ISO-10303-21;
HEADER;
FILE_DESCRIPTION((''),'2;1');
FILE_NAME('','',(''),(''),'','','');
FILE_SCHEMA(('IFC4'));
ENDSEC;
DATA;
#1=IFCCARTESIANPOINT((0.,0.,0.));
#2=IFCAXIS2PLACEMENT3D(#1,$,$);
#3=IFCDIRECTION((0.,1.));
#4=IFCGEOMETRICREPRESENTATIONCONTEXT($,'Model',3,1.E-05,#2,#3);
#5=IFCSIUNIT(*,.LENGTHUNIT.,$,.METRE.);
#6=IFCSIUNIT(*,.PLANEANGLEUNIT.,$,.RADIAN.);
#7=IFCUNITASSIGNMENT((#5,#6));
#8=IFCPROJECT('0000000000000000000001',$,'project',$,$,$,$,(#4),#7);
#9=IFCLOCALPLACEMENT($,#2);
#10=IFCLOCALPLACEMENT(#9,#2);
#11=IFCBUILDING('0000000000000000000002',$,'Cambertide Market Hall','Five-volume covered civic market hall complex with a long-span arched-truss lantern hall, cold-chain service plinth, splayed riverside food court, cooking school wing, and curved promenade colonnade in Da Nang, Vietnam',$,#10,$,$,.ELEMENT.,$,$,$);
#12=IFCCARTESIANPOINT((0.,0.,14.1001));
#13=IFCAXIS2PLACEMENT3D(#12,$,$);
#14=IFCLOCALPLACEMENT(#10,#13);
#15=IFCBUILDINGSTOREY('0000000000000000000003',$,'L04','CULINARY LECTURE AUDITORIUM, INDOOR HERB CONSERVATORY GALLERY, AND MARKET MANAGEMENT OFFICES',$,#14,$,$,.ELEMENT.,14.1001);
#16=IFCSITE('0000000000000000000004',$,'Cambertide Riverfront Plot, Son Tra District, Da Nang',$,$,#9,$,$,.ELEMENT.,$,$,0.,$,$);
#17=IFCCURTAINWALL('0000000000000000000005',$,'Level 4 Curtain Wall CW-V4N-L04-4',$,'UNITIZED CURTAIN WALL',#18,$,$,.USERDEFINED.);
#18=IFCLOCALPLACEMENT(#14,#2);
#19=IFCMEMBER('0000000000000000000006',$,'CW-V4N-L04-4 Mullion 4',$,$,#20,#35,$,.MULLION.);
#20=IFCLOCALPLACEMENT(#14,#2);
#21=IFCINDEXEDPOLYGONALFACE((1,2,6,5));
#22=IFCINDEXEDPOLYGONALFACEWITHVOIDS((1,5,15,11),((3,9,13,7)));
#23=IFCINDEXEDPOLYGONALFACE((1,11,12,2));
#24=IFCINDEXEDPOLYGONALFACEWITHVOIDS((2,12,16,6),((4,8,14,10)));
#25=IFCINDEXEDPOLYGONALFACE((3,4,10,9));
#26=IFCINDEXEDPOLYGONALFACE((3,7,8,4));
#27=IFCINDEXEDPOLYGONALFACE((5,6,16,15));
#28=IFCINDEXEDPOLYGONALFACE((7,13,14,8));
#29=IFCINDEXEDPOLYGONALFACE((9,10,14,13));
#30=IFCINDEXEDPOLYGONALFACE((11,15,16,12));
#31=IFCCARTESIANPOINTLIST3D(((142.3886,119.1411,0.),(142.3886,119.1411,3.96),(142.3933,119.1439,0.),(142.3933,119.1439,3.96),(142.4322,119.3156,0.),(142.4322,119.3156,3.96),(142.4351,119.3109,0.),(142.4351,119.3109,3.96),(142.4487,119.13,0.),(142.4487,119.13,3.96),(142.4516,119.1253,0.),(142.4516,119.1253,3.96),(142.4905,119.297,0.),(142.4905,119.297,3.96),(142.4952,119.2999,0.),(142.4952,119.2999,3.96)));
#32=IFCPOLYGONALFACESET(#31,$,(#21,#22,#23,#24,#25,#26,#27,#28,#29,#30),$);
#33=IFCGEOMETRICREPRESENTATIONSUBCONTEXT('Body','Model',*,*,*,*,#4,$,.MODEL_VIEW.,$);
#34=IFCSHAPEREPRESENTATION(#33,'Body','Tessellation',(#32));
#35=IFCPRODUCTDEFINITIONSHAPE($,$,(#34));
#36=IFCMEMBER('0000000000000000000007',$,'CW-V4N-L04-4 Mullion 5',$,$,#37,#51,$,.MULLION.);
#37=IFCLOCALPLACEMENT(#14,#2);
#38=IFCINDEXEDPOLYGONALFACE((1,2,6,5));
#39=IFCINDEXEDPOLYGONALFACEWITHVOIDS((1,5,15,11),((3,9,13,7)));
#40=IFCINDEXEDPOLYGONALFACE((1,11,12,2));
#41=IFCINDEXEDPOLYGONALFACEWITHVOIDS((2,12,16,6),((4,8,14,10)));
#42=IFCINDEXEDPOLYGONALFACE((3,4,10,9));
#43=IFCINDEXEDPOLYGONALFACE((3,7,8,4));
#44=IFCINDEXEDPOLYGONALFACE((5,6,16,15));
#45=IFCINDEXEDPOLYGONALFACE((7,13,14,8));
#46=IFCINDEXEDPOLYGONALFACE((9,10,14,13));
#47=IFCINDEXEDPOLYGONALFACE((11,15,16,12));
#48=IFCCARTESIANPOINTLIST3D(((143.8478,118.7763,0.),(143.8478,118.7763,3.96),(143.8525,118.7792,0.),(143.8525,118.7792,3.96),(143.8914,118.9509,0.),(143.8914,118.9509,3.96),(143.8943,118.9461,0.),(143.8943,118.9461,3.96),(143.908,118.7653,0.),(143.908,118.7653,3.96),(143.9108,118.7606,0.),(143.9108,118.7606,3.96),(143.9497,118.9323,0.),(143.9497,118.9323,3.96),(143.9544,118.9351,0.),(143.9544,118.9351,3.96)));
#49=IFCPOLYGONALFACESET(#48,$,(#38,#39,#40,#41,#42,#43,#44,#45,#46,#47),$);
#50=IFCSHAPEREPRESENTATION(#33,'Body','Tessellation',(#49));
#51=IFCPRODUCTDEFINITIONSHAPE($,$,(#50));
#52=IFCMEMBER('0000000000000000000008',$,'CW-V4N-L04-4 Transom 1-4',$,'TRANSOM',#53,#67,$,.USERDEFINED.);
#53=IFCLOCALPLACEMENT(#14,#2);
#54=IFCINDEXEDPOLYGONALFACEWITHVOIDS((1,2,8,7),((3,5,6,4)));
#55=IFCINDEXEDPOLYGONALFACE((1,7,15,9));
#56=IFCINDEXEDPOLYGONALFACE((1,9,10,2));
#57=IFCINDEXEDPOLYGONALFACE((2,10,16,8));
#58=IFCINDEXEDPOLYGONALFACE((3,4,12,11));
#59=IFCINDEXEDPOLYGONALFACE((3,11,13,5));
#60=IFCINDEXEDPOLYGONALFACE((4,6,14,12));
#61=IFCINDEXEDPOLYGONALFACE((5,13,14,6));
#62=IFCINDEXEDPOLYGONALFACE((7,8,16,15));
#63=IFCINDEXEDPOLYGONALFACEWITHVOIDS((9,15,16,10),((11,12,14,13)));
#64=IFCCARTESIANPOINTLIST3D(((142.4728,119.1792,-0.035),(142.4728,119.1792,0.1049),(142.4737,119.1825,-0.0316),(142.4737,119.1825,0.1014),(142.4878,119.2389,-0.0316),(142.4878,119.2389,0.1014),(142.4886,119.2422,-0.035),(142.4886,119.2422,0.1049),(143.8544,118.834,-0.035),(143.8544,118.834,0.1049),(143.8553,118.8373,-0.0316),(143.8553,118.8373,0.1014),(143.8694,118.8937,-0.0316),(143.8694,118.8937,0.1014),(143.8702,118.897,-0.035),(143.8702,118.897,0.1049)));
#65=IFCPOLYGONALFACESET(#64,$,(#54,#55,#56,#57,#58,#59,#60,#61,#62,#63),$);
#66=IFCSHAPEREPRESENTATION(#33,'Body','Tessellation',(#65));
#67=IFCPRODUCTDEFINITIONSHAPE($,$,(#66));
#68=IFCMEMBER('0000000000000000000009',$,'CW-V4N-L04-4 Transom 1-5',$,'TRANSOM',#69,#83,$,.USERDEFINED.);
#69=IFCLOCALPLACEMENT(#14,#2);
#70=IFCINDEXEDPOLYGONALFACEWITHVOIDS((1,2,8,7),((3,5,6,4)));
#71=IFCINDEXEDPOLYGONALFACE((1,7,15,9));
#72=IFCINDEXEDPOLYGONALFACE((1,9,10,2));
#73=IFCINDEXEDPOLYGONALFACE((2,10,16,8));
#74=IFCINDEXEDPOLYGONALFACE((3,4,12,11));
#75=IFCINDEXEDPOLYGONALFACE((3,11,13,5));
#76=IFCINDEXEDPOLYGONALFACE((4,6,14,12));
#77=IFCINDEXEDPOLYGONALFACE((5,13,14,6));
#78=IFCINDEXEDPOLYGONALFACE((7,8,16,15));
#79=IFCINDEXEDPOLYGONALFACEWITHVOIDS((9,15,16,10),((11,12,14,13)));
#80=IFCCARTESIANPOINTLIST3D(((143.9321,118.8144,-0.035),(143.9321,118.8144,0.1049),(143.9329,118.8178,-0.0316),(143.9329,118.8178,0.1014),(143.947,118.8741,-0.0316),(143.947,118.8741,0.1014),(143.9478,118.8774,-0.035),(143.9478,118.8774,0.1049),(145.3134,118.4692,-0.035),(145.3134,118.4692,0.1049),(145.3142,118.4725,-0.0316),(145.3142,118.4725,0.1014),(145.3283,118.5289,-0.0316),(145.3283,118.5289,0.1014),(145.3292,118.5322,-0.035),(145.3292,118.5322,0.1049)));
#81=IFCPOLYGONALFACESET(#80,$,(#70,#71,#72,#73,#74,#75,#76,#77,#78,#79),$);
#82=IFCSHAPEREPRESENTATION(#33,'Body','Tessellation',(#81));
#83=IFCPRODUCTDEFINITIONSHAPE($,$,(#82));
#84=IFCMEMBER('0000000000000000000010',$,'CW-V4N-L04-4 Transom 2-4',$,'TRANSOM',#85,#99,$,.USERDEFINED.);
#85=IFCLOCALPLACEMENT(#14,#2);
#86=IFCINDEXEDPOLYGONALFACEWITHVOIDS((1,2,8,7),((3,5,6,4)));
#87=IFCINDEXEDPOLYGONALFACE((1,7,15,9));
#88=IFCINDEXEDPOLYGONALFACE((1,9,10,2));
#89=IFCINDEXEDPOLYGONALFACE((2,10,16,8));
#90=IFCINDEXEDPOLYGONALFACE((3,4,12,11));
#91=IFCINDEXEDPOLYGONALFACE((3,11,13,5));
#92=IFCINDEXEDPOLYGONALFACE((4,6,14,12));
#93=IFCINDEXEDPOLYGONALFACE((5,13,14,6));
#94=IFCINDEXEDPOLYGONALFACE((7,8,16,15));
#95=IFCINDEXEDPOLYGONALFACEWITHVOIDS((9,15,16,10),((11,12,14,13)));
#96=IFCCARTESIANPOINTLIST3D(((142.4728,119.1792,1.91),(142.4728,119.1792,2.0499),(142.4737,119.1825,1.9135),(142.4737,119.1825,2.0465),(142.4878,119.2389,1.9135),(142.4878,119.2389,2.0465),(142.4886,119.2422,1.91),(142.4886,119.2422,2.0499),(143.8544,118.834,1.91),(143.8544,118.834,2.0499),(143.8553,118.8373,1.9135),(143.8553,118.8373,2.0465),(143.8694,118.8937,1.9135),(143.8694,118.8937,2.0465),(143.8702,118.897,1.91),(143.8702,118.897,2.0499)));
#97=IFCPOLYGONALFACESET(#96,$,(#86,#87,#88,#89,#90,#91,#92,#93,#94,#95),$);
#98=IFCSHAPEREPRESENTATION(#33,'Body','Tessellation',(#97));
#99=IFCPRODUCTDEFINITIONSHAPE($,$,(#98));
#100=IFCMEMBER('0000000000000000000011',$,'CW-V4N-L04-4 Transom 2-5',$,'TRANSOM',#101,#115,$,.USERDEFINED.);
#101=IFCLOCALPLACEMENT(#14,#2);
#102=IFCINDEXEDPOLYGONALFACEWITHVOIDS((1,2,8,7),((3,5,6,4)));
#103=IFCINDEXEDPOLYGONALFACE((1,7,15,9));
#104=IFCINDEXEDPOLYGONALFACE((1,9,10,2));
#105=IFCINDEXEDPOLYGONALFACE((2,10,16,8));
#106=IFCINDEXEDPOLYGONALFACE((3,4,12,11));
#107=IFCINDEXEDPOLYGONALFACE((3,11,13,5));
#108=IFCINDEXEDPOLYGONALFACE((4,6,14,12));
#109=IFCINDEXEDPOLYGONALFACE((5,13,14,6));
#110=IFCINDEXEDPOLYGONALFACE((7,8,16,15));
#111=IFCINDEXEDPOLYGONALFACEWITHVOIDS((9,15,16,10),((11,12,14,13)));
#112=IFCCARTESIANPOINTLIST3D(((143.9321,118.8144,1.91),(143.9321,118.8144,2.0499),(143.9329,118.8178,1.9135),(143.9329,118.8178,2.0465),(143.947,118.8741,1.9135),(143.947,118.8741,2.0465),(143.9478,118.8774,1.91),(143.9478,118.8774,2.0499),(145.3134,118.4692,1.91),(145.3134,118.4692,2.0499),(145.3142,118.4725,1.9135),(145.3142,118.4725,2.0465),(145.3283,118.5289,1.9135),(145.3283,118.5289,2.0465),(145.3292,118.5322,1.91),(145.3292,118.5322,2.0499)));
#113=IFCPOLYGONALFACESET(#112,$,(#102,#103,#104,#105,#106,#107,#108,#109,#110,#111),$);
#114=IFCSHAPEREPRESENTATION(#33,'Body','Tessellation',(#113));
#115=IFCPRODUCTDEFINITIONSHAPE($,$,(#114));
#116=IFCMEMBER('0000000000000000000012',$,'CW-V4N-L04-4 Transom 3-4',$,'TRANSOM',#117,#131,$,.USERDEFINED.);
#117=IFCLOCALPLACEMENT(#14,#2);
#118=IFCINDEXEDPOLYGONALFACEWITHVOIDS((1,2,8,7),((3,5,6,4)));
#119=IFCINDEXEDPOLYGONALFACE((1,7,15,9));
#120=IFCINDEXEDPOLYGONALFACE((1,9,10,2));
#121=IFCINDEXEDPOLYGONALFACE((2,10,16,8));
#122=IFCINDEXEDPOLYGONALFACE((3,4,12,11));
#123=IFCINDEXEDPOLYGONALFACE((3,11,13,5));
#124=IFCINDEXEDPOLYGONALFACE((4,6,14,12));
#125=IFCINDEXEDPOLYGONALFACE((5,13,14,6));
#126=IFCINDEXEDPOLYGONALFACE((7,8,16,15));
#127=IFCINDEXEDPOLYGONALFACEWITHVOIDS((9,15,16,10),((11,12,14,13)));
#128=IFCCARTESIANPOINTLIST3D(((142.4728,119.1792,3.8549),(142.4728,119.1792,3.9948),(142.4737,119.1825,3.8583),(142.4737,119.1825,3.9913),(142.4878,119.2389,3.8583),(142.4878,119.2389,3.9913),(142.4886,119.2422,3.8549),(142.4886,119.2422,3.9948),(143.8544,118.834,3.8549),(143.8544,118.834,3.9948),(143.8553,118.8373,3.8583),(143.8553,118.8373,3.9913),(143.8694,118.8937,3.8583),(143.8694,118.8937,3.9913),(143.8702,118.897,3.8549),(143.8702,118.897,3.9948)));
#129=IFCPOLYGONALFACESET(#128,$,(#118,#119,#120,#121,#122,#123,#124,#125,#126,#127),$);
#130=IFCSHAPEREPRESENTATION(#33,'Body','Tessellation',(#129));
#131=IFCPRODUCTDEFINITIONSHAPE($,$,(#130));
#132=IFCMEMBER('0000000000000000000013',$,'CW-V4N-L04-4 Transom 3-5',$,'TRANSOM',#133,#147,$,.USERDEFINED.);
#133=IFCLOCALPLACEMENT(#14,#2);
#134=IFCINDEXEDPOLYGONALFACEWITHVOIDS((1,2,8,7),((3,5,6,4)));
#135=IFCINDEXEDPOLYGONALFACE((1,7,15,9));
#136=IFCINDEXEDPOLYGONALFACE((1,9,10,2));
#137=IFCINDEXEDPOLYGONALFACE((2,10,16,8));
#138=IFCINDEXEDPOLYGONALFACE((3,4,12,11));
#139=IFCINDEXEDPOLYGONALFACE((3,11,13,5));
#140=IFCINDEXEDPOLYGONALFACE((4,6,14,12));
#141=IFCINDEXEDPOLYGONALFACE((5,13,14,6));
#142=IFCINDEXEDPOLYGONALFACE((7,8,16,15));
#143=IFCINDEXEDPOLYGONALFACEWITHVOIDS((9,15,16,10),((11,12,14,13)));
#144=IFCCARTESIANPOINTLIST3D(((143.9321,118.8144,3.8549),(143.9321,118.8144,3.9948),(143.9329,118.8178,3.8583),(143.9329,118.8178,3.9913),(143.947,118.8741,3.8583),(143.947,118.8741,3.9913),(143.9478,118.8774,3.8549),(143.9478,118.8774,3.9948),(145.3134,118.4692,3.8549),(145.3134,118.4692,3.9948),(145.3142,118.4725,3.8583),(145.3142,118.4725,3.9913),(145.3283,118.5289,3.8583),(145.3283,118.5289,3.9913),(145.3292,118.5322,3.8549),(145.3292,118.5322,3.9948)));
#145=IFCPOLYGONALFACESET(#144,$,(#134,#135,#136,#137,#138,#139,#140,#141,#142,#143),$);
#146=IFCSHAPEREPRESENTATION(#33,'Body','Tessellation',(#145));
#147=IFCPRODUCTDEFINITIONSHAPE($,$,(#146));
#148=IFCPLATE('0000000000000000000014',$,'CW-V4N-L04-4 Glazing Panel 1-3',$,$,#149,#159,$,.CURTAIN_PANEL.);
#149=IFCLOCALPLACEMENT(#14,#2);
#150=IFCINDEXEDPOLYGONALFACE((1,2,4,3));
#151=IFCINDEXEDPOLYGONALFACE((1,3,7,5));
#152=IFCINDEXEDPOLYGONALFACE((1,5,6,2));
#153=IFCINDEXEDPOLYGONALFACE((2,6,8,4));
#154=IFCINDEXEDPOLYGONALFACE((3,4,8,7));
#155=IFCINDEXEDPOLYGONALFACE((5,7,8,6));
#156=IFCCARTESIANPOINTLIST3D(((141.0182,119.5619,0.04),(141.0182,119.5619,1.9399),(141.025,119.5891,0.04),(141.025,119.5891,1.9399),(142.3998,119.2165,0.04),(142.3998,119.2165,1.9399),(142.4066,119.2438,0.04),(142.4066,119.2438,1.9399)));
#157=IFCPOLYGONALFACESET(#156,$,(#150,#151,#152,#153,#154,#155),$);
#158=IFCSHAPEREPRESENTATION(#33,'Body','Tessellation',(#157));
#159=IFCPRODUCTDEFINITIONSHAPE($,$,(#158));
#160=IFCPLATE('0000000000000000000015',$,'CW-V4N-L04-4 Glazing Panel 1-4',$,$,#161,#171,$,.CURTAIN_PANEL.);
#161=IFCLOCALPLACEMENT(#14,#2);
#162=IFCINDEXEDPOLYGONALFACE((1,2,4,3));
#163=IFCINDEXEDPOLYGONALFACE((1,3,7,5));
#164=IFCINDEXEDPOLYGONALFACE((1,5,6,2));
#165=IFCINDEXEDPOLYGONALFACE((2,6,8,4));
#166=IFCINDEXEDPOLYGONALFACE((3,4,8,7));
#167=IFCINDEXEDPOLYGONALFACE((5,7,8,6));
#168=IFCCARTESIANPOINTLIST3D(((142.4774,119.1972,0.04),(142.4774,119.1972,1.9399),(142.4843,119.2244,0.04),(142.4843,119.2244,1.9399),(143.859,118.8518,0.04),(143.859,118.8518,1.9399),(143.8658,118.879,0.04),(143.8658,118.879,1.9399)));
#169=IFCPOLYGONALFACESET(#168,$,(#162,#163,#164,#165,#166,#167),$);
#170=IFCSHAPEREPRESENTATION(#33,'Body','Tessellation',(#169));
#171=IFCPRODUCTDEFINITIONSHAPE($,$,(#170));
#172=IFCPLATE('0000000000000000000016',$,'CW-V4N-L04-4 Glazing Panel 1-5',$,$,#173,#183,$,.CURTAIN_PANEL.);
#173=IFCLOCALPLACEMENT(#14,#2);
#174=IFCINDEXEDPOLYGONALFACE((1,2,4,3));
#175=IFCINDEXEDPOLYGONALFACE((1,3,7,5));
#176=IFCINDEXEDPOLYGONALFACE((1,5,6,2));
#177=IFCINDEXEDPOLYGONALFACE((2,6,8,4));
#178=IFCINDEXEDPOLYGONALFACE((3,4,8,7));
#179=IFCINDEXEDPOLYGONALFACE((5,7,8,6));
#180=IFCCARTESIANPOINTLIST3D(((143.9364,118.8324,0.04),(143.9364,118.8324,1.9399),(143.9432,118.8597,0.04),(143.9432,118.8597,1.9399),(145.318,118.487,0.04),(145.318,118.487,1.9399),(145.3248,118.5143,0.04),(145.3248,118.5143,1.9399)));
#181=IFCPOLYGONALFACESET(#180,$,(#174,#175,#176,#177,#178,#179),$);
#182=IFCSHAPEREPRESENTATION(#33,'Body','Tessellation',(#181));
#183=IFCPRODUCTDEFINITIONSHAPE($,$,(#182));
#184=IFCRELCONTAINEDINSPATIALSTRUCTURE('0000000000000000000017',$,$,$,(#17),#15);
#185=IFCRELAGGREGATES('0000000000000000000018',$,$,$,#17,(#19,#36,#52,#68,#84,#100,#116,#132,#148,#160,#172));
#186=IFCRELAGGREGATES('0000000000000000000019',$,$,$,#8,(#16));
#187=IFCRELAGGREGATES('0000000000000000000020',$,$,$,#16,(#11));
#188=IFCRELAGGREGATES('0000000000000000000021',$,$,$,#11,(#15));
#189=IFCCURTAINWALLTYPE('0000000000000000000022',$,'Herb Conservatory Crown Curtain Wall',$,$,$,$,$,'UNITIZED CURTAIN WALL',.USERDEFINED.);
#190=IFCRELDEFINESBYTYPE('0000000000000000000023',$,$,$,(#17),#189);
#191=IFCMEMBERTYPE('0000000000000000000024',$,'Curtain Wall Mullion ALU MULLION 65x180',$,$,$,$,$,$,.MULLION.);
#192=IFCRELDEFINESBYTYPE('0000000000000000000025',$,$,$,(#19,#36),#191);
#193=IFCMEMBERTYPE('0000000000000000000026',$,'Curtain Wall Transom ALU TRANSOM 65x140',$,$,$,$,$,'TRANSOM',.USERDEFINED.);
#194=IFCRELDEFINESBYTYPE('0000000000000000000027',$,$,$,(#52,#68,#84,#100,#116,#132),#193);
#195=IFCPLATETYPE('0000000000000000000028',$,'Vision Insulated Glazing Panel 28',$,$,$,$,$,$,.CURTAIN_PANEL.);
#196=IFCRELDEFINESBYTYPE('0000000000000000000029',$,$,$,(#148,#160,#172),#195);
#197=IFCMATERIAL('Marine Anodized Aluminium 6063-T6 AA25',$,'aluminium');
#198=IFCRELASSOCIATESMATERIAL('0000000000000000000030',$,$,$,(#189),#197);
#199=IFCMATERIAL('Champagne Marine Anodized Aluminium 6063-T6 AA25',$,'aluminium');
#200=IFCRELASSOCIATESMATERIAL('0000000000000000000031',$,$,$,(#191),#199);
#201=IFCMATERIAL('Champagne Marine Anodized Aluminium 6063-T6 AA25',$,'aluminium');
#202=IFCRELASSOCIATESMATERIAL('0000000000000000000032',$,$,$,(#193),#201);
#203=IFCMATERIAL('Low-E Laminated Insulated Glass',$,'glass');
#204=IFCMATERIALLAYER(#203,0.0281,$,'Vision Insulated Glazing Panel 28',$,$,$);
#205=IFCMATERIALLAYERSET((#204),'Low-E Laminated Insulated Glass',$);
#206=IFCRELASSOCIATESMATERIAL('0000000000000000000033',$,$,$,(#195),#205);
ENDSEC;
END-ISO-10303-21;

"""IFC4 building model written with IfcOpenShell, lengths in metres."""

from ifc_helpers import new_model, si_unit, direction, frame, origin, origin_2d, place, context, subcontext, project, spatial, rectangle, hollow_rectangle, extrude, material, layer, layer_set, material_profile, profile_set, type_object, element, aggregate, save


model = new_model("IFC4")

# Units and contexts
model_context = context("Model", 3, precision=1e-05, world=origin(), true_north=direction((0.0, 1.0)))
body_context = subcontext(model_context, "Body", "Model", "MODEL_VIEW")
ifc_project = project(units=[si_unit("LENGTHUNIT", "METRE"), si_unit("PLANEANGLEUNIT", "RADIAN")], contexts=[model_context])

# Site, building, storey
site_placement = place(None, origin())
site = spatial("IfcSite", under=ifc_project, at=site_placement, Name="Cambertide Riverfront Plot, Son Tra District, Da Nang", CompositionType="ELEMENT", RefElevation=0.0)
building_placement = place(site_placement, origin())
building = spatial("IfcBuilding", under=site, at=building_placement, Name="Cambertide Market Hall", Description="Five-volume covered civic market hall complex with a long-span arched-truss lantern hall, cold-chain service plinth, splayed riverside food court, cooking school wing, and curved promenade colonnade in Da Nang, Vietnam", CompositionType="ELEMENT")
storey_placement = place(building_placement, frame((0.0, 0.0, 14.1001)))
storey = spatial("IfcBuildingStorey", under=building, at=storey_placement, Name="L04", Description="CULINARY LECTURE AUDITORIUM, INDOOR HERB CONSERVATORY GALLERY, AND MARKET MANAGEMENT OFFICES", CompositionType="ELEMENT", Elevation=14.1001)

# Curtain wall, members, plates
ifc_material_1 = material(Name="Marine Anodized Aluminium 6063-T6 AA25", Category="aluminium")
curtain_wall_type = type_object("IfcCurtainWallType", Name="Herb Conservatory Crown Curtain Wall", ElementType="UNITIZED CURTAIN WALL", PredefinedType="USERDEFINED", material=ifc_material_1)
curtain_wall_placement = place(storey_placement, origin())
curtain_wall = element("IfcCurtainWall", 1, at=curtain_wall_placement, inside=storey, type_object=curtain_wall_type, Name="Level 4 Curtain Wall CW-V4N-L04-4", ObjectType="UNITIZED CURTAIN WALL", PredefinedType="USERDEFINED")
ifc_material_2 = material(Name="Champagne Marine Anodized Aluminium 6063-T6 AA25", Category="aluminium")
ifc_material_profile_1 = material_profile(ifc_material_2, hollow_rectangle(XDim=0.0649, YDim=0.1799, WallThickness=0.0039, at=origin_2d()), Name="ALU MULLION 65x180")
ifc_profile_set_1 = profile_set([ifc_material_profile_1], Name="Champagne Marine Anodized Aluminium 6063-T6 AA25")
member_type_1 = type_object("IfcMemberType", Name="Curtain Wall Mullion ALU MULLION 65x180", PredefinedType="MULLION", material=ifc_profile_set_1)
member_1_placement = place(storey_placement, frame((142.4419, 119.2205, 0.0), z_axis=(0.0, 0.0, 1.0), x_axis=(0.970143, -0.242536, 0.0)))
member_1 = element("IfcMember", 2, at=member_1_placement, type_object=member_type_1, Name="CW-V4N-L04-4 Mullion 4", PredefinedType="MULLION", context=body_context, shape_type="SweptSolid", body=[
    extrude(hollow_rectangle(XDim=0.0649, YDim=0.1799, WallThickness=0.0039, at=origin_2d()), origin(), (0.0, 0.0, 1.0), 3.96),
])
member_2_placement = place(storey_placement, frame((143.9011, 118.8557, 0.0), z_axis=(0.0, 0.0, 1.0), x_axis=(0.970143, -0.242536, 0.0)))
member_2 = element("IfcMember", 3, at=member_2_placement, type_object=member_type_1, Name="CW-V4N-L04-4 Mullion 5", PredefinedType="MULLION", context=body_context, shape_type="SweptSolid", body=[
    extrude(hollow_rectangle(XDim=0.0649, YDim=0.1799, WallThickness=0.0039, at=origin_2d()), origin(), (0.0, 0.0, 1.0), 3.96),
])
ifc_material_3 = material(Name="Champagne Marine Anodized Aluminium 6063-T6 AA25", Category="aluminium")
ifc_material_profile_2 = material_profile(ifc_material_3, hollow_rectangle(XDim=0.0649, YDim=0.1399, WallThickness=0.0034, at=origin_2d()), Name="ALU TRANSOM 65x140")
ifc_profile_set_2 = profile_set([ifc_material_profile_2], Name="Champagne Marine Anodized Aluminium 6063-T6 AA25")
member_type_2 = type_object("IfcMemberType", Name="Curtain Wall Transom ALU TRANSOM 65x140", ElementType="TRANSOM", PredefinedType="USERDEFINED", material=ifc_profile_set_2)
member_3_placement = place(storey_placement, frame((142.4807, 119.2107, 0.0349), z_axis=(0.970173, -0.242415, 0.0), x_axis=(0.242415, 0.970173, 0.0)))
member_3 = element("IfcMember", 4, at=member_3_placement, type_object=member_type_2, Name="CW-V4N-L04-4 Transom 1-4", ObjectType="TRANSOM", PredefinedType="USERDEFINED", context=body_context, shape_type="SweptSolid", body=[
    extrude(hollow_rectangle(XDim=0.0649, YDim=0.1399, WallThickness=0.0034, at=origin_2d()), origin(), (0.0, 0.0, 1.0), 1.4241),
])
member_4_placement = place(storey_placement, frame((143.9399, 118.8459, 0.0349), z_axis=(0.970163, -0.242455, 0.0), x_axis=(0.242455, 0.970163, 0.0)))
member_4 = element("IfcMember", 5, at=member_4_placement, type_object=member_type_2, Name="CW-V4N-L04-4 Transom 1-5", ObjectType="TRANSOM", PredefinedType="USERDEFINED", context=body_context, shape_type="SweptSolid", body=[
    extrude(hollow_rectangle(XDim=0.0649, YDim=0.1399, WallThickness=0.0034, at=origin_2d()), origin(), (0.0, 0.0, 1.0), 1.4238),
])
member_5_placement = place(storey_placement, frame((142.4807, 119.2107, 1.98), z_axis=(0.970173, -0.242415, 0.0), x_axis=(0.242415, 0.970173, 0.0)))
member_5 = element("IfcMember", 6, at=member_5_placement, type_object=member_type_2, Name="CW-V4N-L04-4 Transom 2-4", ObjectType="TRANSOM", PredefinedType="USERDEFINED", context=body_context, shape_type="SweptSolid", body=[
    extrude(hollow_rectangle(XDim=0.0649, YDim=0.1399, WallThickness=0.0034, at=origin_2d()), origin(), (0.0, 0.0, 1.0), 1.4241),
])
member_6_placement = place(storey_placement, frame((143.9399, 118.8459, 1.98), z_axis=(0.970163, -0.242455, 0.0), x_axis=(0.242455, 0.970163, 0.0)))
member_6 = element("IfcMember", 7, at=member_6_placement, type_object=member_type_2, Name="CW-V4N-L04-4 Transom 2-5", ObjectType="TRANSOM", PredefinedType="USERDEFINED", context=body_context, shape_type="SweptSolid", body=[
    extrude(hollow_rectangle(XDim=0.0649, YDim=0.1399, WallThickness=0.0034, at=origin_2d()), origin(), (0.0, 0.0, 1.0), 1.4238),
])
member_7_placement = place(storey_placement, frame((142.4807, 119.2107, 3.9248), z_axis=(0.970173, -0.242415, 0.0), x_axis=(0.242415, 0.970173, 0.0)))
member_7 = element("IfcMember", 8, at=member_7_placement, type_object=member_type_2, Name="CW-V4N-L04-4 Transom 3-4", ObjectType="TRANSOM", PredefinedType="USERDEFINED", context=body_context, shape_type="SweptSolid", body=[
    extrude(hollow_rectangle(XDim=0.0649, YDim=0.1399, WallThickness=0.0034, at=origin_2d()), origin(), (0.0, 0.0, 1.0), 1.4241),
])
member_8_placement = place(storey_placement, frame((143.9399, 118.8459, 3.9248), z_axis=(0.970163, -0.242455, 0.0), x_axis=(0.242455, 0.970163, 0.0)))
member_8 = element("IfcMember", 9, at=member_8_placement, type_object=member_type_2, Name="CW-V4N-L04-4 Transom 3-5", ObjectType="TRANSOM", PredefinedType="USERDEFINED", context=body_context, shape_type="SweptSolid", body=[
    extrude(hollow_rectangle(XDim=0.0649, YDim=0.1399, WallThickness=0.0034, at=origin_2d()), origin(), (0.0, 0.0, 1.0), 1.4238),
])
ifc_material_4 = material(Name="Low-E Laminated Insulated Glass", Category="glass")
ifc_layer_1 = layer(ifc_material_4, 0.0281, Name="Vision Insulated Glazing Panel 28")
ifc_layer_set_1 = layer_set([ifc_layer_1], Name="Low-E Laminated Insulated Glass")
plate_type = type_object("IfcPlateType", Name="Vision Insulated Glazing Panel 28", PredefinedType="CURTAIN_PANEL", material=ifc_layer_set_1)
plate_1_placement = place(storey_placement, frame((141.7124, 119.4028, 0.04), z_axis=(0.0, 0.0, 1.0), x_axis=(0.970143, -0.242536, 0.0)))
plate_1 = element("IfcPlate", 10, at=plate_1_placement, type_object=plate_type, Name="CW-V4N-L04-4 Glazing Panel 1-3", PredefinedType="CURTAIN_PANEL", context=body_context, shape_type="SweptSolid", body=[
    extrude(rectangle(XDim=1.4241, YDim=0.0281, at=origin_2d()), origin(), (0.0, 0.0, 1.0), 1.8999),
])
plate_2_placement = place(storey_placement, frame((143.1716, 119.0381, 0.04), z_axis=(0.0, 0.0, 1.0), x_axis=(0.970143, -0.242536, 0.0)))
plate_2 = element("IfcPlate", 11, at=plate_2_placement, type_object=plate_type, Name="CW-V4N-L04-4 Glazing Panel 1-4", PredefinedType="CURTAIN_PANEL", context=body_context, shape_type="SweptSolid", body=[
    extrude(rectangle(XDim=1.4241, YDim=0.0281, at=origin_2d()), origin(), (0.0, 0.0, 1.0), 1.8999),
])
plate_3_placement = place(storey_placement, frame((144.6306, 118.6733, 0.04), z_axis=(0.0, 0.0, 1.0), x_axis=(0.970143, -0.242536, 0.0)))
plate_3 = element("IfcPlate", 12, at=plate_3_placement, type_object=plate_type, Name="CW-V4N-L04-4 Glazing Panel 1-5", PredefinedType="CURTAIN_PANEL", context=body_context, shape_type="SweptSolid", body=[
    extrude(rectangle(XDim=1.4241, YDim=0.0281, at=origin_2d()), origin(), (0.0, 0.0, 1.0), 1.8999),
])
aggregate(curtain_wall, [member_1, member_2, member_3, member_4, member_5, member_6, member_7, member_8, plate_1, plate_2, plate_3])

save(model, "model.ifc")
